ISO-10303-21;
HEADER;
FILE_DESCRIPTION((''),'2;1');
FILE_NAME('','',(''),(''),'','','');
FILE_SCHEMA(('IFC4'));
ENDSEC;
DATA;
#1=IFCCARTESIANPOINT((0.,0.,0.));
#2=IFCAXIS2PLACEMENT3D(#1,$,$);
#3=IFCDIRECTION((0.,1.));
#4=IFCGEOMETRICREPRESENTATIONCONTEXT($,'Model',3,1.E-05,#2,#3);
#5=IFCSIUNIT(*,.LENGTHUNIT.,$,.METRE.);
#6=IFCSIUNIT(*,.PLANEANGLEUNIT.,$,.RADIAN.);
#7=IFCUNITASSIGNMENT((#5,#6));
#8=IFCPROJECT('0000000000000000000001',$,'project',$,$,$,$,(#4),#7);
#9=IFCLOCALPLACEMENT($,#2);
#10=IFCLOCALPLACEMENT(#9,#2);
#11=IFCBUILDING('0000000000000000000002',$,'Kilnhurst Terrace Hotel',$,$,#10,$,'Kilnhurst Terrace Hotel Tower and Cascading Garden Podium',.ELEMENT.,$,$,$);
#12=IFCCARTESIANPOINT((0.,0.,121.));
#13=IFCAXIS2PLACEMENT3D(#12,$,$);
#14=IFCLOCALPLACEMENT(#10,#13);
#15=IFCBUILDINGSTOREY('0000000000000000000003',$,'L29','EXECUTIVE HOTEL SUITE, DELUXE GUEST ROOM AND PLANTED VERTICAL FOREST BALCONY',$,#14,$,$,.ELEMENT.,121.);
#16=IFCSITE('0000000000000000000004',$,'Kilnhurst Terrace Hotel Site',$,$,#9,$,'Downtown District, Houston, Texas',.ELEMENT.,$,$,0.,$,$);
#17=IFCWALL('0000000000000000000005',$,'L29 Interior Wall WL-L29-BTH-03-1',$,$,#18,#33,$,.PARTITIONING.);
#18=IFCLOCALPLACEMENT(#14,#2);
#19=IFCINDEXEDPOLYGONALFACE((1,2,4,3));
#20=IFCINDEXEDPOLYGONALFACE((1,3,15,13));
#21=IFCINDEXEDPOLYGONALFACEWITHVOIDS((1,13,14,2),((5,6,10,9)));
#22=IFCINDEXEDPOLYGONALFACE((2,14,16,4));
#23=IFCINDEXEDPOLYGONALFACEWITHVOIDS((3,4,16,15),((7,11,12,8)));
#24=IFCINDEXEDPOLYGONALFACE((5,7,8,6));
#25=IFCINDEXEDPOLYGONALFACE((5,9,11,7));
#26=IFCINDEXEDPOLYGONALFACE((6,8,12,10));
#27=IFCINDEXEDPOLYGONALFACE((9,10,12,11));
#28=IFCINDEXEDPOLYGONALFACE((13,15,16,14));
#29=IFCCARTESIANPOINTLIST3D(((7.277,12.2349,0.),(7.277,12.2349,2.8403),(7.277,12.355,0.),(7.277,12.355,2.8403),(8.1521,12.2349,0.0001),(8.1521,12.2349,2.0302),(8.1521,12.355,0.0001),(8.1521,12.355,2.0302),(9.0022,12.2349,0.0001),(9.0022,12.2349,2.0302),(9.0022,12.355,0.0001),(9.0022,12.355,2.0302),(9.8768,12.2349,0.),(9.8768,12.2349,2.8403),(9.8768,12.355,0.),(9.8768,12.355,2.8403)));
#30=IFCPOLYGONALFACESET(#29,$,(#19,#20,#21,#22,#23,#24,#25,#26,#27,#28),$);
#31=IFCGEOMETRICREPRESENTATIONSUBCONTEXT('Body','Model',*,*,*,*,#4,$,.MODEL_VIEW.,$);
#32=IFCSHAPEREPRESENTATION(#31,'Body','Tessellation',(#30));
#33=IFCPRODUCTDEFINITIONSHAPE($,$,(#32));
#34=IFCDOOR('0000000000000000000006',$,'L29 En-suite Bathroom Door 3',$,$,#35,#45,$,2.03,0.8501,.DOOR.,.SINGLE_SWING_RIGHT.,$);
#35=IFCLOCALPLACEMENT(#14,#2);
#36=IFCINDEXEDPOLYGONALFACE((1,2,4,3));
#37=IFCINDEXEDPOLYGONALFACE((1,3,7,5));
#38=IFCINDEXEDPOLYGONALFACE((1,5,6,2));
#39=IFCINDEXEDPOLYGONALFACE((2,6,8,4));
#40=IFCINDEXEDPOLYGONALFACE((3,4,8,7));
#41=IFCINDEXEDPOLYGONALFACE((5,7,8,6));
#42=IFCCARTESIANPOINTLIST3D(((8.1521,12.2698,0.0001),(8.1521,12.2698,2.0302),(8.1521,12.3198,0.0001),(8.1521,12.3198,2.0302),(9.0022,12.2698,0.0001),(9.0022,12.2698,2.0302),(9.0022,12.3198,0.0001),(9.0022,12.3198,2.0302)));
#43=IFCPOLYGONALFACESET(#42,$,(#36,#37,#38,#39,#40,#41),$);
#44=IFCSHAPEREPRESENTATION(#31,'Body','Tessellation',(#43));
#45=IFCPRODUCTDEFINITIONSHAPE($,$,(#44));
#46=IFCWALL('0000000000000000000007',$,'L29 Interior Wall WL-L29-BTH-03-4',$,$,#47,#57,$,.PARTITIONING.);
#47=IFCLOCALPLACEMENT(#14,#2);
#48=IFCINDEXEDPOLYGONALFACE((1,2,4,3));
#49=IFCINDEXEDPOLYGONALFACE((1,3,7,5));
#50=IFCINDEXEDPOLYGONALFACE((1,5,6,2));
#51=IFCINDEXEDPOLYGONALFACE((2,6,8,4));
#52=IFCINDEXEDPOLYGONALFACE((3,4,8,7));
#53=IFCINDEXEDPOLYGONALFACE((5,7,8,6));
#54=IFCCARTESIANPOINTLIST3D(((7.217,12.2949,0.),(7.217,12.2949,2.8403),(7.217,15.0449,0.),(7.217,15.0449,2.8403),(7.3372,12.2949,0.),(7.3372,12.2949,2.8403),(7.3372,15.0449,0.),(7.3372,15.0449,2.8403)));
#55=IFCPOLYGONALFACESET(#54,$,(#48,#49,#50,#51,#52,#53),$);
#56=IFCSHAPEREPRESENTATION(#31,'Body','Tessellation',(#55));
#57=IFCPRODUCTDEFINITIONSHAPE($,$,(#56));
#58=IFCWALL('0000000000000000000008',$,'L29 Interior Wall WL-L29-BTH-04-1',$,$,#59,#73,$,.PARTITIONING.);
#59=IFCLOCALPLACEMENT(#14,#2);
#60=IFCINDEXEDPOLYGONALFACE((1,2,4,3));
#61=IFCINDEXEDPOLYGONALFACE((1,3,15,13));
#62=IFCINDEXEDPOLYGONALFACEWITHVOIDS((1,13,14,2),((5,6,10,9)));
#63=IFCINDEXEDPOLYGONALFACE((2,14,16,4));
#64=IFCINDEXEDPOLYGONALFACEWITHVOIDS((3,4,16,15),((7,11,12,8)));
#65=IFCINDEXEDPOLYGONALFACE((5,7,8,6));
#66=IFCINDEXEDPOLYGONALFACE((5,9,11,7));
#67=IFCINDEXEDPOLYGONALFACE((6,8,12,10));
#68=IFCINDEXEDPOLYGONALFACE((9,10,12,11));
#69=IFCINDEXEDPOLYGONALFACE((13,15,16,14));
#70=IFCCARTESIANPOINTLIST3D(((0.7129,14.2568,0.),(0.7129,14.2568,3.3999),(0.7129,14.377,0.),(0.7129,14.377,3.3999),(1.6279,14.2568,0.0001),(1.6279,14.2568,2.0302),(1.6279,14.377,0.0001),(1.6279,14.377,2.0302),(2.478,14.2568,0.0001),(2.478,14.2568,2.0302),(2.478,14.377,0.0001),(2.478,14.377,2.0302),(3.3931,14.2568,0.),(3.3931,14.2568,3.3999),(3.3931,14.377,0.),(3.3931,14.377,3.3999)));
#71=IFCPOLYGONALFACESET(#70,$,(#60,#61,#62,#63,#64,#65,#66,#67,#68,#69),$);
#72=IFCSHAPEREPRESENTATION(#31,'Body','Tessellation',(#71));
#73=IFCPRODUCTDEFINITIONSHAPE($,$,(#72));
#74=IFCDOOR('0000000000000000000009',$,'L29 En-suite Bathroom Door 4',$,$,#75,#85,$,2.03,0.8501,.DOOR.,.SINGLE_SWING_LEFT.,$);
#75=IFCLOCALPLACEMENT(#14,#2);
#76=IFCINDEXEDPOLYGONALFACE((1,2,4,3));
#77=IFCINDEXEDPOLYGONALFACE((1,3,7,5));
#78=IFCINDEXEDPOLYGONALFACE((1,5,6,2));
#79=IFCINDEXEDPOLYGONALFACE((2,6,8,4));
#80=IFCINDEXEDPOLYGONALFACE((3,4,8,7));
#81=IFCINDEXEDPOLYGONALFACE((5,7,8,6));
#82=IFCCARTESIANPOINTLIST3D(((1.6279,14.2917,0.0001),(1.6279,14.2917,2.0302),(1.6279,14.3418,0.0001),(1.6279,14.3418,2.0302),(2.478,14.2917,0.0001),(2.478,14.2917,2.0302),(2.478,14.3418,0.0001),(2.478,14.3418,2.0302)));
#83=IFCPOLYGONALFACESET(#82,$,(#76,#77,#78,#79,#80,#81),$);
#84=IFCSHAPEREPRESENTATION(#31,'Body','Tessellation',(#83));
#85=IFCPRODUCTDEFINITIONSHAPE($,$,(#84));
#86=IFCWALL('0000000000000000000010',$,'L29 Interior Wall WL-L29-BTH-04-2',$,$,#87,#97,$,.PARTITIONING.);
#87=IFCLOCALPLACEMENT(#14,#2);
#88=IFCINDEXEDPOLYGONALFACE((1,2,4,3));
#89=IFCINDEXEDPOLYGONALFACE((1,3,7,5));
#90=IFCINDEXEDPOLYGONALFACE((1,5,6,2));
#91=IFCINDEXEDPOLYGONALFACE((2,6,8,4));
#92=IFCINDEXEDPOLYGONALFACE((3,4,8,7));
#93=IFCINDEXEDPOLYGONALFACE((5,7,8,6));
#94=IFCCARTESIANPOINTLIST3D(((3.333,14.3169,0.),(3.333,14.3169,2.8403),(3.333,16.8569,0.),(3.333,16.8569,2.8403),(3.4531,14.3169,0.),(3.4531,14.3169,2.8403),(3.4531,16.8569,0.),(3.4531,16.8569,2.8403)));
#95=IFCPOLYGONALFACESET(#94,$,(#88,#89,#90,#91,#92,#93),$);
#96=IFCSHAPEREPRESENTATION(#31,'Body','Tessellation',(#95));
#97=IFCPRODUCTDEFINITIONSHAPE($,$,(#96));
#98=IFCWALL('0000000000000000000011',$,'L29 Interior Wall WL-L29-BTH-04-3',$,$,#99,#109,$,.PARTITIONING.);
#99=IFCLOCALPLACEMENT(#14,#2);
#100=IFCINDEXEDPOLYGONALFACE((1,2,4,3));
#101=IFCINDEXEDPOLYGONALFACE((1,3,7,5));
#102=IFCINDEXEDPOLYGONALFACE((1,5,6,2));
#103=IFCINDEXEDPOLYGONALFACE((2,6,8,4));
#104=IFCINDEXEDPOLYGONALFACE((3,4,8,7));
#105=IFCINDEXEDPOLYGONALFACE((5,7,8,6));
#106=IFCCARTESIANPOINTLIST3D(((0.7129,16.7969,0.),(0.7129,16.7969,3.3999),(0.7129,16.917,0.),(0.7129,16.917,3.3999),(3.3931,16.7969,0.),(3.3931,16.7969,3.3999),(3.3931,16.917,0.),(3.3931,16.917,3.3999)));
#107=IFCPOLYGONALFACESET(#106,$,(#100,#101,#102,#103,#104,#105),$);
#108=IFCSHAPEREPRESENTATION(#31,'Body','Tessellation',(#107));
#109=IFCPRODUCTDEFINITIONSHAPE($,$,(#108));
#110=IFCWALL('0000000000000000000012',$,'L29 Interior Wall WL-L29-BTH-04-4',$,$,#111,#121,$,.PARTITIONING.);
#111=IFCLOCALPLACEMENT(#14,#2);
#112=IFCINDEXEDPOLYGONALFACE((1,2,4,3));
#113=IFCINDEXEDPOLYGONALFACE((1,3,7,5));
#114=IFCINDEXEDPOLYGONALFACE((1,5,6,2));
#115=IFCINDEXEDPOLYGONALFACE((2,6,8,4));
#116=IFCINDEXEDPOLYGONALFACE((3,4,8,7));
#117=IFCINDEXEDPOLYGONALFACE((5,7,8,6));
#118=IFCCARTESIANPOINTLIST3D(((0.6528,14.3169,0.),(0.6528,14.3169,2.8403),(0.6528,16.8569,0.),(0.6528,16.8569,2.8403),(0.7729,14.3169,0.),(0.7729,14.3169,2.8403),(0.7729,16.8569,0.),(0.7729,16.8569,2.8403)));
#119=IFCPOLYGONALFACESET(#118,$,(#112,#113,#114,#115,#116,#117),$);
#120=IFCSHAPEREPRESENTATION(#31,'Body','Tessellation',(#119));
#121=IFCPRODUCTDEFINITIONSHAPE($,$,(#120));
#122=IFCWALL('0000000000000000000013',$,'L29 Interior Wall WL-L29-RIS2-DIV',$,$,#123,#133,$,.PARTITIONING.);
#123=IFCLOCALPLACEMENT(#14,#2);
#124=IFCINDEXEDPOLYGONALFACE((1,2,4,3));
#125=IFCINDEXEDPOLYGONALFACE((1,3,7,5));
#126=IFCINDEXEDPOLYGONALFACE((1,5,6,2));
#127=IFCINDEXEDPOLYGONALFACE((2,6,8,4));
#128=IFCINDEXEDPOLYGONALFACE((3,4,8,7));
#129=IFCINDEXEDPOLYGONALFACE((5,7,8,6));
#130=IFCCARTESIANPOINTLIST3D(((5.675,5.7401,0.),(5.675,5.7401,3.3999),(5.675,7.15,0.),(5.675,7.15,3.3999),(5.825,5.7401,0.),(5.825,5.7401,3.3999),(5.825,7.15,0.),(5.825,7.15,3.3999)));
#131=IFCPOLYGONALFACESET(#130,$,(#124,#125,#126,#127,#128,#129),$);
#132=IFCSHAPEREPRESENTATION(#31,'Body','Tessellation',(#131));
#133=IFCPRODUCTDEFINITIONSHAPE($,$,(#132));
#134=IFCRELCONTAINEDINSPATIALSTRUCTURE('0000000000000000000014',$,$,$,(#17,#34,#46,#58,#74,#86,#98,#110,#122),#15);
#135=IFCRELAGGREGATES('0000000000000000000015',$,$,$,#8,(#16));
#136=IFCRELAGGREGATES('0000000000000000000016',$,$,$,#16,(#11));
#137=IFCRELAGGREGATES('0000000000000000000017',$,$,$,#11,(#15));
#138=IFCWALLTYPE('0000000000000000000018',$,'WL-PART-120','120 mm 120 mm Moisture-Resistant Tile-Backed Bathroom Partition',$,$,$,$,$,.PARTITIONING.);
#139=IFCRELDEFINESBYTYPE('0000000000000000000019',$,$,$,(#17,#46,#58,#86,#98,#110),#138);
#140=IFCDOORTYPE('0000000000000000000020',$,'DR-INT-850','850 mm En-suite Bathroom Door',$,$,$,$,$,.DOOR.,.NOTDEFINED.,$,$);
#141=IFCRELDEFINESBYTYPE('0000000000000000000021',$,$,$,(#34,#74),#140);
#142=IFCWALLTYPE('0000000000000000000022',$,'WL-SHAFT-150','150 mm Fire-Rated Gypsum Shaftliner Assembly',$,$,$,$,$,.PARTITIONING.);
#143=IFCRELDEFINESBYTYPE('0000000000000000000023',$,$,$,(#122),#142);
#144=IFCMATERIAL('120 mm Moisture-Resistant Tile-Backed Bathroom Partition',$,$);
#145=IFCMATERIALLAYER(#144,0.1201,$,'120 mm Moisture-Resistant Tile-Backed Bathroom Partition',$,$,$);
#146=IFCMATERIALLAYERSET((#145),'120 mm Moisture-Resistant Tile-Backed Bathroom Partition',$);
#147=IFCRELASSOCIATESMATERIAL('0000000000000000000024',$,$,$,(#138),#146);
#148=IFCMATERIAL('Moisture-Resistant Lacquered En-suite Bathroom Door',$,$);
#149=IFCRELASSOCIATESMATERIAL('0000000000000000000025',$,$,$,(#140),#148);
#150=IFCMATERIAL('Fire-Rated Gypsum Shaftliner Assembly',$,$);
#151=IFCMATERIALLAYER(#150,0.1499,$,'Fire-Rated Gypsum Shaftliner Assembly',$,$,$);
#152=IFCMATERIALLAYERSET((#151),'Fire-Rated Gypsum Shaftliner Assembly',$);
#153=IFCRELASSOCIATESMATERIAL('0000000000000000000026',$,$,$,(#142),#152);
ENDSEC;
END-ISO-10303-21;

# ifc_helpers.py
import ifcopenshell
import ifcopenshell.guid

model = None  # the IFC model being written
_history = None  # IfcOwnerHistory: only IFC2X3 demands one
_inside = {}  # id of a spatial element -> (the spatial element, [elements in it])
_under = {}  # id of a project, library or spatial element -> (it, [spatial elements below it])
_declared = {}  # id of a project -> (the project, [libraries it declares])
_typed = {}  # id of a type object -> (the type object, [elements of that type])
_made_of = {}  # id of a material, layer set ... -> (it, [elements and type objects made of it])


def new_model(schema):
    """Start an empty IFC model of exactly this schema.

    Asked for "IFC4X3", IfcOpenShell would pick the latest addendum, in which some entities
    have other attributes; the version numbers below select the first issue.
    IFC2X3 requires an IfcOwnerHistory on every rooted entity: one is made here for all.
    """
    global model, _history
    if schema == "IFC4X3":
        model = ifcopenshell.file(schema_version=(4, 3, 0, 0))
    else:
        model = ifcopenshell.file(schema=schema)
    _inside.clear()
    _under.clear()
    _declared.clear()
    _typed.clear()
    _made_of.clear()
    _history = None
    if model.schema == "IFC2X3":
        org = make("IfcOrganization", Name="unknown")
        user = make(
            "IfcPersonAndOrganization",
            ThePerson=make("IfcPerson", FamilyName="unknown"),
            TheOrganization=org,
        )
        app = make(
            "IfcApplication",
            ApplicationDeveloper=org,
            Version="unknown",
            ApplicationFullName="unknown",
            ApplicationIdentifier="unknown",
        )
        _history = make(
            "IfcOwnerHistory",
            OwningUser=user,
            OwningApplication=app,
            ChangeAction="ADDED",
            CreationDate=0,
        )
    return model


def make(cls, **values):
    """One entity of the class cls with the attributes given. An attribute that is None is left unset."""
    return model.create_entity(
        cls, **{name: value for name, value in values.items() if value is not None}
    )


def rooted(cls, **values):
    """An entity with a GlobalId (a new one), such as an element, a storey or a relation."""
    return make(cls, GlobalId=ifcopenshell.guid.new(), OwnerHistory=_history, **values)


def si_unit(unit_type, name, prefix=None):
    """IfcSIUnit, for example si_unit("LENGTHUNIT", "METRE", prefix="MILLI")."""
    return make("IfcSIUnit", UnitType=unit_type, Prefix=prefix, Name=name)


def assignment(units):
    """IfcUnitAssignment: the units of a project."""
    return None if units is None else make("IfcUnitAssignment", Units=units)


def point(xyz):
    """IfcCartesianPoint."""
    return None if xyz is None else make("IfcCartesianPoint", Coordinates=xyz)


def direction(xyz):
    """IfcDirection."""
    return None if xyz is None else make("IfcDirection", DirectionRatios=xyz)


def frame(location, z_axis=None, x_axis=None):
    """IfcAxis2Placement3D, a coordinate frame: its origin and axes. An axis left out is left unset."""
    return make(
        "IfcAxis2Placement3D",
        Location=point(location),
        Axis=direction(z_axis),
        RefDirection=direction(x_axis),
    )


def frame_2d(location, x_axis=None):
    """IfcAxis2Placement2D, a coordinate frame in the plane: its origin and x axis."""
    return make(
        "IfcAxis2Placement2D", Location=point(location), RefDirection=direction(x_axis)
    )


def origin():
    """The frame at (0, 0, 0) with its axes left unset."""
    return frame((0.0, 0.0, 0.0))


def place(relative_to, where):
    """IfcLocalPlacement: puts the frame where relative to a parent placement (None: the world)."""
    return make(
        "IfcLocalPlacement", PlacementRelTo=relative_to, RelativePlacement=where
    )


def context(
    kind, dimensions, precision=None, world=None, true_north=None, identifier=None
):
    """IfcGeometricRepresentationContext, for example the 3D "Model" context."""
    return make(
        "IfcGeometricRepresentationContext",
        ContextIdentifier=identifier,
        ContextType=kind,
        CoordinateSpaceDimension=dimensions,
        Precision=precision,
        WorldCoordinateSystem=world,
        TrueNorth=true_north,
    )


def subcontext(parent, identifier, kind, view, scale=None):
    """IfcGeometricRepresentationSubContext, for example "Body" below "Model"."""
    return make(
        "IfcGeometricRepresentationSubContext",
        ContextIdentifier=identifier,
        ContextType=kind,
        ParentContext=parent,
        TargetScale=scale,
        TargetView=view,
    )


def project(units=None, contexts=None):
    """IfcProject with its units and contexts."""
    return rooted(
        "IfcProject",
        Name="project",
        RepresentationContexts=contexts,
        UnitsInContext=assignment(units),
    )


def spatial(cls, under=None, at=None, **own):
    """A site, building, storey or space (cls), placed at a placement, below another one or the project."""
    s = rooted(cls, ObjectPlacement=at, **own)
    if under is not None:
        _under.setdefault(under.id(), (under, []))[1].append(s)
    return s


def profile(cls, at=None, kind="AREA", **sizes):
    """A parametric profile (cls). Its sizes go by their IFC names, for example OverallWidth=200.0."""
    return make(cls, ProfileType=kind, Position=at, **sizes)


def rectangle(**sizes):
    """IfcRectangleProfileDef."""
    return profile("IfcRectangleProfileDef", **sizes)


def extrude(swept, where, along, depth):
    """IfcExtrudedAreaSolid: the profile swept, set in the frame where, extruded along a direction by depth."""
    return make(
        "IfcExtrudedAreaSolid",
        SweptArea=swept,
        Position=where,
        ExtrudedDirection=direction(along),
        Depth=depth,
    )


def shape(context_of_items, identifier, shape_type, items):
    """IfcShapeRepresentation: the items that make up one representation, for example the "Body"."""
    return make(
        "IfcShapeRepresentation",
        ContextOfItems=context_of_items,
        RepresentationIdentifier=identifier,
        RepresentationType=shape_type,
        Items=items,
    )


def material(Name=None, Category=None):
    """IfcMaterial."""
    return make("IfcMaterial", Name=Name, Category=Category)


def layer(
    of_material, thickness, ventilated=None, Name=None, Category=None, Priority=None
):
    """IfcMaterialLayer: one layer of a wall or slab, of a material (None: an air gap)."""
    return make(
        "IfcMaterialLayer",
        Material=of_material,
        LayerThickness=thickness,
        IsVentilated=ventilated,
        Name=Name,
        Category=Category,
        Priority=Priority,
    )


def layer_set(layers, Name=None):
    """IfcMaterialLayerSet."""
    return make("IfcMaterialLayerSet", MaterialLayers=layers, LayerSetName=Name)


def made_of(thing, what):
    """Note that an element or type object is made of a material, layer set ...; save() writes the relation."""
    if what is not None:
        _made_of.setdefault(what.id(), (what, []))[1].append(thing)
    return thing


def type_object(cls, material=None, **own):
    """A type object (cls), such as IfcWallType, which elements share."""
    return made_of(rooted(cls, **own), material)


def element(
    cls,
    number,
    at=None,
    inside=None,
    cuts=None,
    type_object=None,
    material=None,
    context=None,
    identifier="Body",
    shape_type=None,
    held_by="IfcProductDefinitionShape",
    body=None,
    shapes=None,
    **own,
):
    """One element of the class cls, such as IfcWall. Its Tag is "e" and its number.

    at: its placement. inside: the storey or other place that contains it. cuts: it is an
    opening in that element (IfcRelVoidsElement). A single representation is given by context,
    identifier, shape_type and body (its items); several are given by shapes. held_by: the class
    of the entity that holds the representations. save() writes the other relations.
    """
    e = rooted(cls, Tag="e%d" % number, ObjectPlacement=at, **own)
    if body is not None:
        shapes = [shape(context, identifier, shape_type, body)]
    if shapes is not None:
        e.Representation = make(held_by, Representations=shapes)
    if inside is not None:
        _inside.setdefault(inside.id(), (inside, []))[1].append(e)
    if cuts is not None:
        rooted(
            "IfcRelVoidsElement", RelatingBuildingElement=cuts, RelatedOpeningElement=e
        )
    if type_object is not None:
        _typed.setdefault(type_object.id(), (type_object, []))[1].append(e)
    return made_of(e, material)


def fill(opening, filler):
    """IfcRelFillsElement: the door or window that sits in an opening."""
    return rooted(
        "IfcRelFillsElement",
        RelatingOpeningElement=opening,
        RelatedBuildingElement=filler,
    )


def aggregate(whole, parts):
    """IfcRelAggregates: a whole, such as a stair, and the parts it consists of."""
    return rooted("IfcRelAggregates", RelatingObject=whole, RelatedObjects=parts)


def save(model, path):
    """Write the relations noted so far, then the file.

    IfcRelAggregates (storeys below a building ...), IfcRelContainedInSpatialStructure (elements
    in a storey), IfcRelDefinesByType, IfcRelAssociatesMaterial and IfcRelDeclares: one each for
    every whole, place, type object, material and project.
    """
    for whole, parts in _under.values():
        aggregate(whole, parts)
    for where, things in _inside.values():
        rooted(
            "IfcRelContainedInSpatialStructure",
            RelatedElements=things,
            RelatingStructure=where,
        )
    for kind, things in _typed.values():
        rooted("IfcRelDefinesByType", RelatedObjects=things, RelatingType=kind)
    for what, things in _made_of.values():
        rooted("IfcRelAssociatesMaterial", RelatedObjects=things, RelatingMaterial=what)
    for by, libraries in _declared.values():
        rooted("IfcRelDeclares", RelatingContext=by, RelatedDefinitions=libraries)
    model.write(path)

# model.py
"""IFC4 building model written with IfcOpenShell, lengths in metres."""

from ifc_helpers import new_model, si_unit, direction, frame, frame_2d, origin, place, context, subcontext, project, spatial, rectangle, extrude, material, layer, layer_set, type_object, element, fill, save


model = new_model("IFC4")

# Units and contexts
model_context = context("Model", 3, precision=1e-05, world=origin(), true_north=direction((0.0, 1.0)))
body_context = subcontext(model_context, "Body", "Model", "MODEL_VIEW")
ifc_project = project(units=[si_unit("LENGTHUNIT", "METRE"), si_unit("PLANEANGLEUNIT", "RADIAN")], contexts=[model_context])

# Site, building, storey
site_placement = place(None, origin())
site = spatial("IfcSite", under=ifc_project, at=site_placement, Name="Kilnhurst Terrace Hotel Site", LongName="Downtown District, Houston, Texas", CompositionType="ELEMENT", RefElevation=0.0)
building_placement = place(site_placement, origin())
building = spatial("IfcBuilding", under=site, at=building_placement, Name="Kilnhurst Terrace Hotel", LongName="Kilnhurst Terrace Hotel Tower and Cascading Garden Podium", CompositionType="ELEMENT")
storey_placement = place(building_placement, frame((0.0, 0.0, 121.0)))
storey = spatial("IfcBuildingStorey", under=building, at=storey_placement, Name="L29", Description="EXECUTIVE HOTEL SUITE, DELUXE GUEST ROOM AND PLANTED VERTICAL FOREST BALCONY", CompositionType="ELEMENT", Elevation=121.0)

# Wall, opening, door
ifc_material_1 = material(Name="120 mm Moisture-Resistant Tile-Backed Bathroom Partition")
ifc_layer_1 = layer(ifc_material_1, 0.1201, Name="120 mm Moisture-Resistant Tile-Backed Bathroom Partition")
ifc_layer_set_1 = layer_set([ifc_layer_1], Name="120 mm Moisture-Resistant Tile-Backed Bathroom Partition")
wall_type_1 = type_object("IfcWallType", Name="WL-PART-120", Description="120 mm 120 mm Moisture-Resistant Tile-Backed Bathroom Partition", PredefinedType="PARTITIONING", material=ifc_layer_set_1)
wall_1_placement = place(storey_placement, frame((7.2771, 12.2949, 0.0), z_axis=(0.0, 0.0, 1.0), x_axis=(1.0, 0.0, 0.0)))
wall_1 = element("IfcWall", 1, at=wall_1_placement, inside=storey, type_object=wall_type_1, Name="L29 Interior Wall WL-L29-BTH-03-1", PredefinedType="PARTITIONING", context=body_context, shape_type="SweptSolid", body=[
    extrude(rectangle(XDim=2.5999, YDim=0.1201, at=frame_2d((1.2998, 0.0))), origin(), (0.0, 0.0, 1.0), 2.8403),
])
opening_1_placement = place(wall_1_placement, frame((0.875, 0.0, 0.0)))
opening_1 = element("IfcOpeningElement", 2, at=opening_1_placement, cuts=wall_1, PredefinedType="OPENING", context=body_context, shape_type="SweptSolid", body=[
    extrude(rectangle(XDim=0.8501, YDim=2.03, at=frame_2d((0.425, 1.0151))), frame((0.0, 0.0701, 0.0), z_axis=(0.0, -1.0, 0.0), x_axis=(1.0, 0.0, 0.0)), (0.0, 0.0, 1.0), 0.1401),
])
ifc_material_2 = material(Name="Moisture-Resistant Lacquered En-suite Bathroom Door")
door_type = type_object("IfcDoorType", Name="DR-INT-850", Description="850 mm En-suite Bathroom Door", OperationType="NOTDEFINED", PredefinedType="DOOR", material=ifc_material_2)
door_1_placement = place(opening_1_placement, origin())
door_1 = element("IfcDoor", 3, at=door_1_placement, inside=storey, type_object=door_type, Name="L29 En-suite Bathroom Door 3", OperationType="SINGLE_SWING_RIGHT", OverallHeight=2.03, OverallWidth=0.8501, PredefinedType="DOOR", context=body_context, shape_type="SweptSolid", body=[
    extrude(rectangle(XDim=0.8501, YDim=2.03, at=frame_2d((0.425, 1.0151))), frame((0.0, 0.0249, 0.0), z_axis=(0.0, -1.0, 0.0), x_axis=(1.0, 0.0, 0.0)), (0.0, 0.0, 1.0), 0.05),
])
fill(opening_1, door_1)

# Wall
wall_2_placement = place(storey_placement, frame((7.2771, 15.0449, 0.0), z_axis=(0.0, 0.0, 1.0), x_axis=(0.0, -1.0, 0.0)))
element("IfcWall", 4, at=wall_2_placement, inside=storey, type_object=wall_type_1, Name="L29 Interior Wall WL-L29-BTH-03-4", PredefinedType="PARTITIONING", context=body_context, shape_type="SweptSolid", body=[
    extrude(rectangle(XDim=2.75, YDim=0.1201, at=frame_2d((1.375, 0.0))), origin(), (0.0, 0.0, 1.0), 2.8403),
])

# Wall, opening, door
wall_3_placement = place(storey_placement, frame((0.7129, 14.3169, 0.0), z_axis=(0.0, 0.0, 1.0), x_axis=(1.0, 0.0, 0.0)))
wall_3 = element("IfcWall", 5, at=wall_3_placement, inside=storey, type_object=wall_type_1, Name="L29 Interior Wall WL-L29-BTH-04-1", PredefinedType="PARTITIONING", context=body_context, shape_type="SweptSolid", body=[
    extrude(rectangle(XDim=2.6802, YDim=0.1201, at=frame_2d((1.3401, 0.0))), origin(), (0.0, 0.0, 1.0), 3.3999),
])
opening_2_placement = place(wall_3_placement, frame((0.915, 0.0, 0.0)))
opening_2 = element("IfcOpeningElement", 6, at=opening_2_placement, cuts=wall_3, PredefinedType="OPENING", context=body_context, shape_type="SweptSolid", body=[
    extrude(rectangle(XDim=0.8501, YDim=2.03, at=frame_2d((0.425, 1.0151))), frame((0.0, 0.0701, 0.0), z_axis=(0.0, -1.0, 0.0), x_axis=(1.0, 0.0, 0.0)), (0.0, 0.0, 1.0), 0.1401),
])
door_2_placement = place(opening_2_placement, origin())
door_2 = element("IfcDoor", 7, at=door_2_placement, inside=storey, type_object=door_type, Name="L29 En-suite Bathroom Door 4", OperationType="SINGLE_SWING_LEFT", OverallHeight=2.03, OverallWidth=0.8501, PredefinedType="DOOR", context=body_context, shape_type="SweptSolid", body=[
    extrude(rectangle(XDim=0.8501, YDim=2.03, at=frame_2d((0.425, 1.0151))), frame((0.0, 0.0249, 0.0), z_axis=(0.0, -1.0, 0.0), x_axis=(1.0, 0.0, 0.0)), (0.0, 0.0, 1.0), 0.05),
])
fill(opening_2, door_2)

# Walls
wall_4_placement = place(storey_placement, frame((3.3931, 14.3169, 0.0), z_axis=(0.0, 0.0, 1.0), x_axis=(0.0, 1.0, 0.0)))
element("IfcWall", 8, at=wall_4_placement, inside=storey, type_object=wall_type_1, Name="L29 Interior Wall WL-L29-BTH-04-2", PredefinedType="PARTITIONING", context=body_context, shape_type="SweptSolid", body=[
    extrude(rectangle(XDim=2.54, YDim=0.1201, at=frame_2d((1.27, 0.0))), origin(), (0.0, 0.0, 1.0), 2.8403),
])
wall_5_placement = place(storey_placement, frame((3.3931, 16.8569, 0.0), z_axis=(0.0, 0.0, 1.0), x_axis=(-1.0, 0.0, 0.0)))
element("IfcWall", 9, at=wall_5_placement, inside=storey, type_object=wall_type_1, Name="L29 Interior Wall WL-L29-BTH-04-3", PredefinedType="PARTITIONING", context=body_context, shape_type="SweptSolid", body=[
    extrude(rectangle(XDim=2.6802, YDim=0.1201, at=frame_2d((1.3401, 0.0))), origin(), (0.0, 0.0, 1.0), 3.3999),
])
wall_6_placement = place(storey_placement, frame((0.7129, 16.8569, 0.0), z_axis=(0.0, 0.0, 1.0), x_axis=(0.0, -1.0, 0.0)))
element("IfcWall", 10, at=wall_6_placement, inside=storey, type_object=wall_type_1, Name="L29 Interior Wall WL-L29-BTH-04-4", PredefinedType="PARTITIONING", context=body_context, shape_type="SweptSolid", body=[
    extrude(rectangle(XDim=2.54, YDim=0.1201, at=frame_2d((1.27, 0.0))), origin(), (0.0, 0.0, 1.0), 2.8403),
])
ifc_material_3 = material(Name="Fire-Rated Gypsum Shaftliner Assembly")
ifc_layer_2 = layer(ifc_material_3, 0.1499, Name="Fire-Rated Gypsum Shaftliner Assembly")
ifc_layer_set_2 = layer_set([ifc_layer_2], Name="Fire-Rated Gypsum Shaftliner Assembly")
wall_type_2 = type_object("IfcWallType", Name="WL-SHAFT-150", Description="150 mm Fire-Rated Gypsum Shaftliner Assembly", PredefinedType="PARTITIONING", material=ifc_layer_set_2)
wall_7_placement = place(storey_placement, frame((5.75, 5.74, 0.0), z_axis=(0.0, 0.0, 1.0), x_axis=(0.0, 1.0, 0.0)))
element("IfcWall", 11, at=wall_7_placement, inside=storey, type_object=wall_type_2, Name="L29 Interior Wall WL-L29-RIS2-DIV", PredefinedType="PARTITIONING", context=body_context, shape_type="SweptSolid", body=[
    extrude(rectangle(XDim=1.4099, YDim=0.1499, at=frame_2d((0.7051, 0.0))), origin(), (0.0, 0.0, 1.0), 3.3999),
])

save(model, "model.ifc")
